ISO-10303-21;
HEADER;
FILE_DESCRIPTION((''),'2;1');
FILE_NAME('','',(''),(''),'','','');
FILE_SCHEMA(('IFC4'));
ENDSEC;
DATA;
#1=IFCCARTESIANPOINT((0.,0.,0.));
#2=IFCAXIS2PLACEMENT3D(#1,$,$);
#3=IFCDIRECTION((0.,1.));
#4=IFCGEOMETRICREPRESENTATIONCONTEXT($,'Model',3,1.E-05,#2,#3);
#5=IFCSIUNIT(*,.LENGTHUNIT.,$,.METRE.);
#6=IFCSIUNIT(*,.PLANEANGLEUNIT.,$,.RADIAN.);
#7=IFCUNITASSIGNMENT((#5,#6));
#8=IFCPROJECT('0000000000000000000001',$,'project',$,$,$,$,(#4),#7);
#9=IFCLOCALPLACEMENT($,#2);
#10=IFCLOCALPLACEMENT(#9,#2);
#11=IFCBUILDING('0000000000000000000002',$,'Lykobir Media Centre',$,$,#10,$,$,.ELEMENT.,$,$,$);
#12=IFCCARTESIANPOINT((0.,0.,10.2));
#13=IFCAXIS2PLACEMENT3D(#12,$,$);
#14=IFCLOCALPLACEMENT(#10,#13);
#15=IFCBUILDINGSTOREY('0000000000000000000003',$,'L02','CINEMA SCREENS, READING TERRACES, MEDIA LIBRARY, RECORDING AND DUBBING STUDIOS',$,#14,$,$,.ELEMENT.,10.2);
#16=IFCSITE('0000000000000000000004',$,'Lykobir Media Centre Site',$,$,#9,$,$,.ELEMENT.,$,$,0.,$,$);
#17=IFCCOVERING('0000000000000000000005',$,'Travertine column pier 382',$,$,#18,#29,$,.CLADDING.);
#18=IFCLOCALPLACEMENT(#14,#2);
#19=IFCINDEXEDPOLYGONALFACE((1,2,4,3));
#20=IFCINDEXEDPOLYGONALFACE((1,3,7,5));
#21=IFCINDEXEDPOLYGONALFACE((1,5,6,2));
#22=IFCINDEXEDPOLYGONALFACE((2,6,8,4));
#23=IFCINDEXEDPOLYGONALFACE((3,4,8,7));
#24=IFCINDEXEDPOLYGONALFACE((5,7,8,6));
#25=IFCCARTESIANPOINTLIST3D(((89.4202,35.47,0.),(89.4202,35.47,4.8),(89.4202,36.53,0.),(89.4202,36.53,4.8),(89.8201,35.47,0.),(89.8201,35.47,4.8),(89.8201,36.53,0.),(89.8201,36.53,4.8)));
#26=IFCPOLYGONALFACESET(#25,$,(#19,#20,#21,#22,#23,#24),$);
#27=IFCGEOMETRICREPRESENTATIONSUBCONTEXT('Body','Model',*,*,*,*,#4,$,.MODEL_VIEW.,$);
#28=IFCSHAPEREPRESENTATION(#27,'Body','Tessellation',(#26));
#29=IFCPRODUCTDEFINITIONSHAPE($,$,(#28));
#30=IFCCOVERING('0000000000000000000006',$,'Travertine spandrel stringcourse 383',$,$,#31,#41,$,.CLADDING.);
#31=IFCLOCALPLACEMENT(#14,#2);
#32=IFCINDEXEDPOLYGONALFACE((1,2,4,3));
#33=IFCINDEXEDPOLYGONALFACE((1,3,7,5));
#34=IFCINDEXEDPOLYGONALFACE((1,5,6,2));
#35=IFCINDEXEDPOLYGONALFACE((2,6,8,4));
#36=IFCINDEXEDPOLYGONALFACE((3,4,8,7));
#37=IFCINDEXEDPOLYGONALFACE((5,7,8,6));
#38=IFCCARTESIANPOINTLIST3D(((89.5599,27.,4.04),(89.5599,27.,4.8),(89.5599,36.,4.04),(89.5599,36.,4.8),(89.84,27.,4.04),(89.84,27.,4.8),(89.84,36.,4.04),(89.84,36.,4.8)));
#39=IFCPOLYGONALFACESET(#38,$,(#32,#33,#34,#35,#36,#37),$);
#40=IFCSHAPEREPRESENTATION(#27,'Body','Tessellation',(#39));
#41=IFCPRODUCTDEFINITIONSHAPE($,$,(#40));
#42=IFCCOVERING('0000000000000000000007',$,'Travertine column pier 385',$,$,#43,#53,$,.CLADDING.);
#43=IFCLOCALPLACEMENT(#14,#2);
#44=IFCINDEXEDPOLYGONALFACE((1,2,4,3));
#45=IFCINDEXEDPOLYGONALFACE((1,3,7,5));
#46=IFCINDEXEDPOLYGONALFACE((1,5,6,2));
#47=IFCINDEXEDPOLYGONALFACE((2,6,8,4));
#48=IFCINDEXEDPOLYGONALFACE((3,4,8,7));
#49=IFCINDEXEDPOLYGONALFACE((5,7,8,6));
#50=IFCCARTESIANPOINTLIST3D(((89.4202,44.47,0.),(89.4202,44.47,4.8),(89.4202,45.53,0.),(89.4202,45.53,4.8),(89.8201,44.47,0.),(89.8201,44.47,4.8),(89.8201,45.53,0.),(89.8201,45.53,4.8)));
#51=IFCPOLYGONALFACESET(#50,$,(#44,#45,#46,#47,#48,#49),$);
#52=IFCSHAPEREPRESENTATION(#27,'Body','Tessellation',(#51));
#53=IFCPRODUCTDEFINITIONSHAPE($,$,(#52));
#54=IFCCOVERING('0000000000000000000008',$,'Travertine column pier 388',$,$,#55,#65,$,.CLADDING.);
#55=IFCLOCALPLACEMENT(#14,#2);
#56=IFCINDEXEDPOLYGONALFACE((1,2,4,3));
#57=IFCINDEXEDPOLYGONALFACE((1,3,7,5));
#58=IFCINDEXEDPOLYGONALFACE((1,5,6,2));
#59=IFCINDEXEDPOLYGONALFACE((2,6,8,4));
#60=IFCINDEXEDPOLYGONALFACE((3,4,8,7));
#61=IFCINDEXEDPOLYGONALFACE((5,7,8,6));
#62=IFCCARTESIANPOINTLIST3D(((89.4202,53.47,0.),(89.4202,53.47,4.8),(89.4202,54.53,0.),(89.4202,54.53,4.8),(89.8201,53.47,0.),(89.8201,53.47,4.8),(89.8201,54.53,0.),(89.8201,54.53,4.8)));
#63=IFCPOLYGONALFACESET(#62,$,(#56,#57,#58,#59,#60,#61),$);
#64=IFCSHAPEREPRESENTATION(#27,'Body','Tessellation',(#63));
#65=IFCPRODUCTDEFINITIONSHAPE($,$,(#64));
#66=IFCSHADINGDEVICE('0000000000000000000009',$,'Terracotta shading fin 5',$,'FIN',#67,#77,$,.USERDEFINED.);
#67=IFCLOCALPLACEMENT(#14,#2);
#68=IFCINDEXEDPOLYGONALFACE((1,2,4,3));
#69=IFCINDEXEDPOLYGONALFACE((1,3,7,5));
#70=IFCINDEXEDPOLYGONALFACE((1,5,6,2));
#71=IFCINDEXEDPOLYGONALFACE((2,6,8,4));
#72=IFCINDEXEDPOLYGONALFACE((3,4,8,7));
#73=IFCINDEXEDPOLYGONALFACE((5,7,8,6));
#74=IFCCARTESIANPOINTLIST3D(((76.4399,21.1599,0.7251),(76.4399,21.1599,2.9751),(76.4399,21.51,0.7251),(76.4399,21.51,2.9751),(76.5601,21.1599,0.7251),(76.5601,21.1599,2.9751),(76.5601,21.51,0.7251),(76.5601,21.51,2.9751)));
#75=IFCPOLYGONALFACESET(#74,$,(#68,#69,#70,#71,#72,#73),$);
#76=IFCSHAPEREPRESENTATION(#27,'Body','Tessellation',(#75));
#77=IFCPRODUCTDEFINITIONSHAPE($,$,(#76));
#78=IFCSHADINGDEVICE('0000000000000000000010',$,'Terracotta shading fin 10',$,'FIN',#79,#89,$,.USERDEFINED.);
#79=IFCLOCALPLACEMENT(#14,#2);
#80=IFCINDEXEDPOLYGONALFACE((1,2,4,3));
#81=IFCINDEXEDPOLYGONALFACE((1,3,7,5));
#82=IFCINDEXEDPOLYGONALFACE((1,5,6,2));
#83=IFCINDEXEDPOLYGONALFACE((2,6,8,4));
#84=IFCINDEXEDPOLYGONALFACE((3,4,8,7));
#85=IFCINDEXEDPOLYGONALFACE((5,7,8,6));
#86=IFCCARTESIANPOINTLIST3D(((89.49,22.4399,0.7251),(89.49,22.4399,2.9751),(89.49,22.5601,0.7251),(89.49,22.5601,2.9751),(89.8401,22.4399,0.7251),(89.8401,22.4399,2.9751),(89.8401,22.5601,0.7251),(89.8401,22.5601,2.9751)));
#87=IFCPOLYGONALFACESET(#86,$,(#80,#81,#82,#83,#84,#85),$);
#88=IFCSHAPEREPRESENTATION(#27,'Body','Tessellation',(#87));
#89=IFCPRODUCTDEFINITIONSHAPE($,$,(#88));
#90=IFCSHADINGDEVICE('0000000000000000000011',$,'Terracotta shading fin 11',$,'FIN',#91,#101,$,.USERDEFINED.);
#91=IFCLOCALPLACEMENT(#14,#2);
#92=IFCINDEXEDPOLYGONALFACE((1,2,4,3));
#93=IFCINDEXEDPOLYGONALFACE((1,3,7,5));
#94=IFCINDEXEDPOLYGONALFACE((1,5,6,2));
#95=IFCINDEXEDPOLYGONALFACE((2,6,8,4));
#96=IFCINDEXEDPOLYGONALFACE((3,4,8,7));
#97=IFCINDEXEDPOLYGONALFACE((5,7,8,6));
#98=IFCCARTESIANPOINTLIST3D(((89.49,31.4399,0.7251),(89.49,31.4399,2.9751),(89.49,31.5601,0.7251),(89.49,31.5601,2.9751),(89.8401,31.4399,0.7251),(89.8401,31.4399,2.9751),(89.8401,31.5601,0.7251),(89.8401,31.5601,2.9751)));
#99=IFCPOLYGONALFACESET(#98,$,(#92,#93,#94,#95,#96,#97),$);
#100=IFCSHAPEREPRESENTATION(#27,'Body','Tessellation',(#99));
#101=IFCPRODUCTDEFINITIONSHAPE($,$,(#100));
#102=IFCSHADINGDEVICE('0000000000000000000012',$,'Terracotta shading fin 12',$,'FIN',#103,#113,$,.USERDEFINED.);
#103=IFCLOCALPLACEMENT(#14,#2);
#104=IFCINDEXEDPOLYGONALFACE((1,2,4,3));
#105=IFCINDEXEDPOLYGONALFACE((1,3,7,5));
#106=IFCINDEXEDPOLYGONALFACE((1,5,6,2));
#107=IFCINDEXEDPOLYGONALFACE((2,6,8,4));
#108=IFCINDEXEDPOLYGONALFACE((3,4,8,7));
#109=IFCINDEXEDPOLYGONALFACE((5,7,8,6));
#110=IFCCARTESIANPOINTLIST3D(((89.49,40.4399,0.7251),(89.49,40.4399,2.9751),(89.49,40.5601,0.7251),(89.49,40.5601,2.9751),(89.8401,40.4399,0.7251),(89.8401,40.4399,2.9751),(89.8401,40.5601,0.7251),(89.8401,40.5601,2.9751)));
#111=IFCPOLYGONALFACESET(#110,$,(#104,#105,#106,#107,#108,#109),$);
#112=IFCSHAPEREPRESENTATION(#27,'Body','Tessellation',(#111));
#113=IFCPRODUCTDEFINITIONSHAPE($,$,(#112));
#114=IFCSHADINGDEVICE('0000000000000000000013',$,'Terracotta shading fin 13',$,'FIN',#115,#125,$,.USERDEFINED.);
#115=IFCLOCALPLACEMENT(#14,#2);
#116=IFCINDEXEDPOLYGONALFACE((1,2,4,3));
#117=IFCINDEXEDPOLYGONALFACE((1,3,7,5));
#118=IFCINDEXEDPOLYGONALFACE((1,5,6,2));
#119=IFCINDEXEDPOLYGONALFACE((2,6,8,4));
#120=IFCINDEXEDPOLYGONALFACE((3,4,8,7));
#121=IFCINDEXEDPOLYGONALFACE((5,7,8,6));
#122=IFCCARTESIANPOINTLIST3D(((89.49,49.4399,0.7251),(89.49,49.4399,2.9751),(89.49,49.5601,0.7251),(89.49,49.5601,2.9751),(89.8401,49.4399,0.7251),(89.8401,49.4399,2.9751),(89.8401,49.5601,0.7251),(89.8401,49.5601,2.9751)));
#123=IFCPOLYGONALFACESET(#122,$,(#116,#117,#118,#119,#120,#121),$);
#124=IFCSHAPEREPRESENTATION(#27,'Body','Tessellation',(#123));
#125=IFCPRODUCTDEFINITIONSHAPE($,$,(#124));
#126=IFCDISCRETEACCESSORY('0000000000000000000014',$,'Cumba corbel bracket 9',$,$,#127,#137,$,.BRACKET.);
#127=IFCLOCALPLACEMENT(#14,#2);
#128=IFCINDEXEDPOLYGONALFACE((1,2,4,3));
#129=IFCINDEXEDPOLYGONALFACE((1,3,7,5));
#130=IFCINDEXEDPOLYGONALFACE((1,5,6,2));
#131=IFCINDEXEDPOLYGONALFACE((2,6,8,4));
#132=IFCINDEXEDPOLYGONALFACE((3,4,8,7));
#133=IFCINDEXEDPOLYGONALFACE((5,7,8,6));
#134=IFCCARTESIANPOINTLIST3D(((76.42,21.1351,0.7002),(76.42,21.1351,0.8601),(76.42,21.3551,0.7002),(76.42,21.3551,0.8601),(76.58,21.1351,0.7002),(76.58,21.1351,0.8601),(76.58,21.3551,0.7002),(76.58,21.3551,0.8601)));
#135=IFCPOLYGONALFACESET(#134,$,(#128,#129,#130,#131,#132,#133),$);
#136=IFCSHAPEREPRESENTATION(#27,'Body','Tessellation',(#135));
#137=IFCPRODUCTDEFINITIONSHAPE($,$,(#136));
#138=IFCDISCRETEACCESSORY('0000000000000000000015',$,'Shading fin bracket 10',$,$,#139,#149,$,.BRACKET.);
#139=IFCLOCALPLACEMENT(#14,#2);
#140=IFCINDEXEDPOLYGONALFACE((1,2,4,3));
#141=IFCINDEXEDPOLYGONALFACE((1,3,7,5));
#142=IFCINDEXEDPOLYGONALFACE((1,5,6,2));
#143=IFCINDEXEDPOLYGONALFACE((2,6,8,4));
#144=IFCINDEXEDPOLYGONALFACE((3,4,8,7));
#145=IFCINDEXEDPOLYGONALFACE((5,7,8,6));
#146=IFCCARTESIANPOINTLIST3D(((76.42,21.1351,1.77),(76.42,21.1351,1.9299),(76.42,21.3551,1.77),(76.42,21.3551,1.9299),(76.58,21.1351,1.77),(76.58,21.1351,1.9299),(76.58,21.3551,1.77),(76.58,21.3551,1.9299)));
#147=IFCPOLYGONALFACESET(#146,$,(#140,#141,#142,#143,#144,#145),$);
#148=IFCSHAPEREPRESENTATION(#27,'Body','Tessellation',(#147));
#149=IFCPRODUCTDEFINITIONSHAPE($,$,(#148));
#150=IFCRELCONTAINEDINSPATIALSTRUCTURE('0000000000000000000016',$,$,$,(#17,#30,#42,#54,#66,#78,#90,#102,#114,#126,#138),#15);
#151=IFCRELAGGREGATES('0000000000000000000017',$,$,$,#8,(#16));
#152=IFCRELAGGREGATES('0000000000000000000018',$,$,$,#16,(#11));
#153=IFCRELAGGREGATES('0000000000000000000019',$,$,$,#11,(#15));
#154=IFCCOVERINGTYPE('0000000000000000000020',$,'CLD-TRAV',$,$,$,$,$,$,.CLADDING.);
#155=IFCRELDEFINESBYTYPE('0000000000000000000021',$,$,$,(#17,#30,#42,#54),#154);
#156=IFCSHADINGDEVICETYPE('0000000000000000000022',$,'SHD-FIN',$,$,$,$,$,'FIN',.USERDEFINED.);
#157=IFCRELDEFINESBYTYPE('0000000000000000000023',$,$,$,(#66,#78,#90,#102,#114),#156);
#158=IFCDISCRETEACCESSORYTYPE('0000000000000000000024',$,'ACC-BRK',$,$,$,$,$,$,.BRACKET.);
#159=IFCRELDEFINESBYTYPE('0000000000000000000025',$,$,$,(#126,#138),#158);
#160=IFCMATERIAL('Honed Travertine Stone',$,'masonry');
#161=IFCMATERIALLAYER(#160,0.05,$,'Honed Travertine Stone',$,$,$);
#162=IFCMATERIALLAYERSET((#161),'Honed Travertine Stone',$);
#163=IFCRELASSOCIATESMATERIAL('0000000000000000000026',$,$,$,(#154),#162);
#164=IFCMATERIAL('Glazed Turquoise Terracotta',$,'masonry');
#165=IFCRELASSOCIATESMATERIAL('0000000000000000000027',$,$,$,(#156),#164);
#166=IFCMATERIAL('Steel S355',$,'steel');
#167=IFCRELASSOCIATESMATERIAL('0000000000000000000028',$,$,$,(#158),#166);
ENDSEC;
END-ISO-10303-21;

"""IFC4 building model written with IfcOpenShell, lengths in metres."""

from ifc_helpers import new_model, si_unit, direction, frame, origin, origin_2d, place, context, subcontext, project, spatial, rectangle, extrude, material, layer, layer_set, type_object, element, save


model = new_model("IFC4")

# Units and contexts
model_context = context("Model", 3, precision=1e-05, world=origin(), true_north=direction((0.0, 1.0)))
body_context = subcontext(model_context, "Body", "Model", "MODEL_VIEW")
ifc_project = project(units=[si_unit("LENGTHUNIT", "METRE"), si_unit("PLANEANGLEUNIT", "RADIAN")], contexts=[model_context])

# Site, building, storey
site_placement = place(None, origin())
site = spatial("IfcSite", under=ifc_project, at=site_placement, Name="Lykobir Media Centre Site", CompositionType="ELEMENT", RefElevation=0.0)
building_placement = place(site_placement, origin())
building = spatial("IfcBuilding", under=site, at=building_placement, Name="Lykobir Media Centre", CompositionType="ELEMENT")
storey_placement = place(building_placement, frame((0.0, 0.0, 10.2)))
storey = spatial("IfcBuildingStorey", under=building, at=storey_placement, Name="L02", Description="CINEMA SCREENS, READING TERRACES, MEDIA LIBRARY, RECORDING AND DUBBING STUDIOS", CompositionType="ELEMENT", Elevation=10.2)

# Shared definitions
ifc_material_1 = material(Name="Glazed Turquoise Terracotta", Category="masonry")

# Coverings
ifc_material_2 = material(Name="Honed Travertine Stone", Category="masonry")
ifc_layer_1 = layer(ifc_material_2, 0.05, Name="Honed Travertine Stone")
ifc_layer_set_1 = layer_set([ifc_layer_1], Name="Honed Travertine Stone")
covering_type_1 = type_object("IfcCoveringType", Name="CLD-TRAV", PredefinedType="CLADDING", material=ifc_layer_set_1)
covering_1_placement = place(storey_placement, frame((89.6201, 36.0, 0.0), z_axis=(0.0, 0.0, 1.0), x_axis=(0.0, -1.0, 0.0)))
element("IfcCovering", 1, at=covering_1_placement, inside=storey, type_object=covering_type_1, Name="Travertine column pier 382", PredefinedType="CLADDING", context=body_context, shape_type="SweptSolid", body=[
    extrude(rectangle(XDim=1.0601, YDim=0.3999, at=origin_2d()), origin(), (0.0, 0.0, 1.0), 4.8),
])
covering_2_placement = place(storey_placement, frame((89.7, 31.5, 4.04), z_axis=(0.0, 0.0, 1.0), x_axis=(0.0, -1.0, 0.0)))
element("IfcCovering", 2, at=covering_2_placement, inside=storey, type_object=covering_type_1, Name="Travertine spandrel stringcourse 383", PredefinedType="CLADDING", context=body_context, shape_type="SweptSolid", body=[
    extrude(rectangle(XDim=9.0, YDim=0.28, at=origin_2d()), origin(), (0.0, 0.0, 1.0), 0.76),
])
for number, where, z_axis, x_axis, name in (
    (3, (89.6201, 45.0, 0.0), (0.0, 0.0, 1.0), (0.0, -1.0, 0.0), "Travertine column pier 385"),
    (4, (89.6201, 54.0, 0.0), (0.0, 0.0, 1.0), (0.0, -1.0, 0.0), "Travertine column pier 388"),
):
    element("IfcCovering", number, at=place(storey_placement, frame(where, z_axis=z_axis, x_axis=x_axis)), inside=storey, type_object=covering_type_1, Name=name, PredefinedType="CLADDING", context=body_context, shape_type="SweptSolid", body=[
        extrude(rectangle(XDim=1.0601, YDim=0.3999, at=origin_2d()), origin(), (0.0, 0.0, 1.0), 4.8),
    ])

# Shading devices
shading_device_type = type_object("IfcShadingDeviceType", Name="SHD-FIN", ElementType="FIN", PredefinedType="USERDEFINED", material=ifc_material_1)
for number, where, z_axis, x_axis, name in (
    (5, (76.5, 21.335, 0.7251), (0.0, 0.0, 1.0), (-1.0, 0.0, 0.0), "Terracotta shading fin 5"),
    (6, (89.665, 22.5, 0.7251), (0.0, 0.0, 1.0), (0.0, -1.0, 0.0), "Terracotta shading fin 10"),
    (7, (89.665, 31.5, 0.7251), (0.0, 0.0, 1.0), (0.0, -1.0, 0.0), "Terracotta shading fin 11"),
    (8, (89.665, 40.5, 0.7251), (0.0, 0.0, 1.0), (0.0, -1.0, 0.0), "Terracotta shading fin 12"),
    (9, (89.665, 49.5, 0.7251), (0.0, 0.0, 1.0), (0.0, -1.0, 0.0), "Terracotta shading fin 13"),
):
    element("IfcShadingDevice", number, at=place(storey_placement, frame(where, z_axis=z_axis, x_axis=x_axis)), inside=storey, type_object=shading_device_type, Name=name, ObjectType="FIN", PredefinedType="USERDEFINED", context=body_context, shape_type="SweptSolid", body=[
        extrude(rectangle(XDim=0.1201, YDim=0.3501, at=origin_2d()), origin(), (0.0, 0.0, 1.0), 2.25),
    ])

# Discrete accessories
ifc_material_3 = material(Name="Steel S355", Category="steel")
discrete_accessory_type = type_object("IfcDiscreteAccessoryType", Name="ACC-BRK", PredefinedType="BRACKET", material=ifc_material_3)
for number, where, z_axis, x_axis, name in (
    (10, (76.5, 21.2451, 0.7002), (0.0, 0.0, 1.0), (-1.0, 0.0, 0.0), "Cumba corbel bracket 9"),
    (11, (76.5, 21.2451, 1.77), (0.0, 0.0, 1.0), (-1.0, 0.0, 0.0), "Shading fin bracket 10"),
):
    element("IfcDiscreteAccessory", number, at=place(storey_placement, frame(where, z_axis=z_axis, x_axis=x_axis)), inside=storey, type_object=discrete_accessory_type, Name=name, PredefinedType="BRACKET", context=body_context, shape_type="SweptSolid", body=[
        extrude(rectangle(XDim=0.1599, YDim=0.22, at=origin_2d()), origin(), (0.0, 0.0, 1.0), 0.1599),
    ])

save(model, "model.ifc")
